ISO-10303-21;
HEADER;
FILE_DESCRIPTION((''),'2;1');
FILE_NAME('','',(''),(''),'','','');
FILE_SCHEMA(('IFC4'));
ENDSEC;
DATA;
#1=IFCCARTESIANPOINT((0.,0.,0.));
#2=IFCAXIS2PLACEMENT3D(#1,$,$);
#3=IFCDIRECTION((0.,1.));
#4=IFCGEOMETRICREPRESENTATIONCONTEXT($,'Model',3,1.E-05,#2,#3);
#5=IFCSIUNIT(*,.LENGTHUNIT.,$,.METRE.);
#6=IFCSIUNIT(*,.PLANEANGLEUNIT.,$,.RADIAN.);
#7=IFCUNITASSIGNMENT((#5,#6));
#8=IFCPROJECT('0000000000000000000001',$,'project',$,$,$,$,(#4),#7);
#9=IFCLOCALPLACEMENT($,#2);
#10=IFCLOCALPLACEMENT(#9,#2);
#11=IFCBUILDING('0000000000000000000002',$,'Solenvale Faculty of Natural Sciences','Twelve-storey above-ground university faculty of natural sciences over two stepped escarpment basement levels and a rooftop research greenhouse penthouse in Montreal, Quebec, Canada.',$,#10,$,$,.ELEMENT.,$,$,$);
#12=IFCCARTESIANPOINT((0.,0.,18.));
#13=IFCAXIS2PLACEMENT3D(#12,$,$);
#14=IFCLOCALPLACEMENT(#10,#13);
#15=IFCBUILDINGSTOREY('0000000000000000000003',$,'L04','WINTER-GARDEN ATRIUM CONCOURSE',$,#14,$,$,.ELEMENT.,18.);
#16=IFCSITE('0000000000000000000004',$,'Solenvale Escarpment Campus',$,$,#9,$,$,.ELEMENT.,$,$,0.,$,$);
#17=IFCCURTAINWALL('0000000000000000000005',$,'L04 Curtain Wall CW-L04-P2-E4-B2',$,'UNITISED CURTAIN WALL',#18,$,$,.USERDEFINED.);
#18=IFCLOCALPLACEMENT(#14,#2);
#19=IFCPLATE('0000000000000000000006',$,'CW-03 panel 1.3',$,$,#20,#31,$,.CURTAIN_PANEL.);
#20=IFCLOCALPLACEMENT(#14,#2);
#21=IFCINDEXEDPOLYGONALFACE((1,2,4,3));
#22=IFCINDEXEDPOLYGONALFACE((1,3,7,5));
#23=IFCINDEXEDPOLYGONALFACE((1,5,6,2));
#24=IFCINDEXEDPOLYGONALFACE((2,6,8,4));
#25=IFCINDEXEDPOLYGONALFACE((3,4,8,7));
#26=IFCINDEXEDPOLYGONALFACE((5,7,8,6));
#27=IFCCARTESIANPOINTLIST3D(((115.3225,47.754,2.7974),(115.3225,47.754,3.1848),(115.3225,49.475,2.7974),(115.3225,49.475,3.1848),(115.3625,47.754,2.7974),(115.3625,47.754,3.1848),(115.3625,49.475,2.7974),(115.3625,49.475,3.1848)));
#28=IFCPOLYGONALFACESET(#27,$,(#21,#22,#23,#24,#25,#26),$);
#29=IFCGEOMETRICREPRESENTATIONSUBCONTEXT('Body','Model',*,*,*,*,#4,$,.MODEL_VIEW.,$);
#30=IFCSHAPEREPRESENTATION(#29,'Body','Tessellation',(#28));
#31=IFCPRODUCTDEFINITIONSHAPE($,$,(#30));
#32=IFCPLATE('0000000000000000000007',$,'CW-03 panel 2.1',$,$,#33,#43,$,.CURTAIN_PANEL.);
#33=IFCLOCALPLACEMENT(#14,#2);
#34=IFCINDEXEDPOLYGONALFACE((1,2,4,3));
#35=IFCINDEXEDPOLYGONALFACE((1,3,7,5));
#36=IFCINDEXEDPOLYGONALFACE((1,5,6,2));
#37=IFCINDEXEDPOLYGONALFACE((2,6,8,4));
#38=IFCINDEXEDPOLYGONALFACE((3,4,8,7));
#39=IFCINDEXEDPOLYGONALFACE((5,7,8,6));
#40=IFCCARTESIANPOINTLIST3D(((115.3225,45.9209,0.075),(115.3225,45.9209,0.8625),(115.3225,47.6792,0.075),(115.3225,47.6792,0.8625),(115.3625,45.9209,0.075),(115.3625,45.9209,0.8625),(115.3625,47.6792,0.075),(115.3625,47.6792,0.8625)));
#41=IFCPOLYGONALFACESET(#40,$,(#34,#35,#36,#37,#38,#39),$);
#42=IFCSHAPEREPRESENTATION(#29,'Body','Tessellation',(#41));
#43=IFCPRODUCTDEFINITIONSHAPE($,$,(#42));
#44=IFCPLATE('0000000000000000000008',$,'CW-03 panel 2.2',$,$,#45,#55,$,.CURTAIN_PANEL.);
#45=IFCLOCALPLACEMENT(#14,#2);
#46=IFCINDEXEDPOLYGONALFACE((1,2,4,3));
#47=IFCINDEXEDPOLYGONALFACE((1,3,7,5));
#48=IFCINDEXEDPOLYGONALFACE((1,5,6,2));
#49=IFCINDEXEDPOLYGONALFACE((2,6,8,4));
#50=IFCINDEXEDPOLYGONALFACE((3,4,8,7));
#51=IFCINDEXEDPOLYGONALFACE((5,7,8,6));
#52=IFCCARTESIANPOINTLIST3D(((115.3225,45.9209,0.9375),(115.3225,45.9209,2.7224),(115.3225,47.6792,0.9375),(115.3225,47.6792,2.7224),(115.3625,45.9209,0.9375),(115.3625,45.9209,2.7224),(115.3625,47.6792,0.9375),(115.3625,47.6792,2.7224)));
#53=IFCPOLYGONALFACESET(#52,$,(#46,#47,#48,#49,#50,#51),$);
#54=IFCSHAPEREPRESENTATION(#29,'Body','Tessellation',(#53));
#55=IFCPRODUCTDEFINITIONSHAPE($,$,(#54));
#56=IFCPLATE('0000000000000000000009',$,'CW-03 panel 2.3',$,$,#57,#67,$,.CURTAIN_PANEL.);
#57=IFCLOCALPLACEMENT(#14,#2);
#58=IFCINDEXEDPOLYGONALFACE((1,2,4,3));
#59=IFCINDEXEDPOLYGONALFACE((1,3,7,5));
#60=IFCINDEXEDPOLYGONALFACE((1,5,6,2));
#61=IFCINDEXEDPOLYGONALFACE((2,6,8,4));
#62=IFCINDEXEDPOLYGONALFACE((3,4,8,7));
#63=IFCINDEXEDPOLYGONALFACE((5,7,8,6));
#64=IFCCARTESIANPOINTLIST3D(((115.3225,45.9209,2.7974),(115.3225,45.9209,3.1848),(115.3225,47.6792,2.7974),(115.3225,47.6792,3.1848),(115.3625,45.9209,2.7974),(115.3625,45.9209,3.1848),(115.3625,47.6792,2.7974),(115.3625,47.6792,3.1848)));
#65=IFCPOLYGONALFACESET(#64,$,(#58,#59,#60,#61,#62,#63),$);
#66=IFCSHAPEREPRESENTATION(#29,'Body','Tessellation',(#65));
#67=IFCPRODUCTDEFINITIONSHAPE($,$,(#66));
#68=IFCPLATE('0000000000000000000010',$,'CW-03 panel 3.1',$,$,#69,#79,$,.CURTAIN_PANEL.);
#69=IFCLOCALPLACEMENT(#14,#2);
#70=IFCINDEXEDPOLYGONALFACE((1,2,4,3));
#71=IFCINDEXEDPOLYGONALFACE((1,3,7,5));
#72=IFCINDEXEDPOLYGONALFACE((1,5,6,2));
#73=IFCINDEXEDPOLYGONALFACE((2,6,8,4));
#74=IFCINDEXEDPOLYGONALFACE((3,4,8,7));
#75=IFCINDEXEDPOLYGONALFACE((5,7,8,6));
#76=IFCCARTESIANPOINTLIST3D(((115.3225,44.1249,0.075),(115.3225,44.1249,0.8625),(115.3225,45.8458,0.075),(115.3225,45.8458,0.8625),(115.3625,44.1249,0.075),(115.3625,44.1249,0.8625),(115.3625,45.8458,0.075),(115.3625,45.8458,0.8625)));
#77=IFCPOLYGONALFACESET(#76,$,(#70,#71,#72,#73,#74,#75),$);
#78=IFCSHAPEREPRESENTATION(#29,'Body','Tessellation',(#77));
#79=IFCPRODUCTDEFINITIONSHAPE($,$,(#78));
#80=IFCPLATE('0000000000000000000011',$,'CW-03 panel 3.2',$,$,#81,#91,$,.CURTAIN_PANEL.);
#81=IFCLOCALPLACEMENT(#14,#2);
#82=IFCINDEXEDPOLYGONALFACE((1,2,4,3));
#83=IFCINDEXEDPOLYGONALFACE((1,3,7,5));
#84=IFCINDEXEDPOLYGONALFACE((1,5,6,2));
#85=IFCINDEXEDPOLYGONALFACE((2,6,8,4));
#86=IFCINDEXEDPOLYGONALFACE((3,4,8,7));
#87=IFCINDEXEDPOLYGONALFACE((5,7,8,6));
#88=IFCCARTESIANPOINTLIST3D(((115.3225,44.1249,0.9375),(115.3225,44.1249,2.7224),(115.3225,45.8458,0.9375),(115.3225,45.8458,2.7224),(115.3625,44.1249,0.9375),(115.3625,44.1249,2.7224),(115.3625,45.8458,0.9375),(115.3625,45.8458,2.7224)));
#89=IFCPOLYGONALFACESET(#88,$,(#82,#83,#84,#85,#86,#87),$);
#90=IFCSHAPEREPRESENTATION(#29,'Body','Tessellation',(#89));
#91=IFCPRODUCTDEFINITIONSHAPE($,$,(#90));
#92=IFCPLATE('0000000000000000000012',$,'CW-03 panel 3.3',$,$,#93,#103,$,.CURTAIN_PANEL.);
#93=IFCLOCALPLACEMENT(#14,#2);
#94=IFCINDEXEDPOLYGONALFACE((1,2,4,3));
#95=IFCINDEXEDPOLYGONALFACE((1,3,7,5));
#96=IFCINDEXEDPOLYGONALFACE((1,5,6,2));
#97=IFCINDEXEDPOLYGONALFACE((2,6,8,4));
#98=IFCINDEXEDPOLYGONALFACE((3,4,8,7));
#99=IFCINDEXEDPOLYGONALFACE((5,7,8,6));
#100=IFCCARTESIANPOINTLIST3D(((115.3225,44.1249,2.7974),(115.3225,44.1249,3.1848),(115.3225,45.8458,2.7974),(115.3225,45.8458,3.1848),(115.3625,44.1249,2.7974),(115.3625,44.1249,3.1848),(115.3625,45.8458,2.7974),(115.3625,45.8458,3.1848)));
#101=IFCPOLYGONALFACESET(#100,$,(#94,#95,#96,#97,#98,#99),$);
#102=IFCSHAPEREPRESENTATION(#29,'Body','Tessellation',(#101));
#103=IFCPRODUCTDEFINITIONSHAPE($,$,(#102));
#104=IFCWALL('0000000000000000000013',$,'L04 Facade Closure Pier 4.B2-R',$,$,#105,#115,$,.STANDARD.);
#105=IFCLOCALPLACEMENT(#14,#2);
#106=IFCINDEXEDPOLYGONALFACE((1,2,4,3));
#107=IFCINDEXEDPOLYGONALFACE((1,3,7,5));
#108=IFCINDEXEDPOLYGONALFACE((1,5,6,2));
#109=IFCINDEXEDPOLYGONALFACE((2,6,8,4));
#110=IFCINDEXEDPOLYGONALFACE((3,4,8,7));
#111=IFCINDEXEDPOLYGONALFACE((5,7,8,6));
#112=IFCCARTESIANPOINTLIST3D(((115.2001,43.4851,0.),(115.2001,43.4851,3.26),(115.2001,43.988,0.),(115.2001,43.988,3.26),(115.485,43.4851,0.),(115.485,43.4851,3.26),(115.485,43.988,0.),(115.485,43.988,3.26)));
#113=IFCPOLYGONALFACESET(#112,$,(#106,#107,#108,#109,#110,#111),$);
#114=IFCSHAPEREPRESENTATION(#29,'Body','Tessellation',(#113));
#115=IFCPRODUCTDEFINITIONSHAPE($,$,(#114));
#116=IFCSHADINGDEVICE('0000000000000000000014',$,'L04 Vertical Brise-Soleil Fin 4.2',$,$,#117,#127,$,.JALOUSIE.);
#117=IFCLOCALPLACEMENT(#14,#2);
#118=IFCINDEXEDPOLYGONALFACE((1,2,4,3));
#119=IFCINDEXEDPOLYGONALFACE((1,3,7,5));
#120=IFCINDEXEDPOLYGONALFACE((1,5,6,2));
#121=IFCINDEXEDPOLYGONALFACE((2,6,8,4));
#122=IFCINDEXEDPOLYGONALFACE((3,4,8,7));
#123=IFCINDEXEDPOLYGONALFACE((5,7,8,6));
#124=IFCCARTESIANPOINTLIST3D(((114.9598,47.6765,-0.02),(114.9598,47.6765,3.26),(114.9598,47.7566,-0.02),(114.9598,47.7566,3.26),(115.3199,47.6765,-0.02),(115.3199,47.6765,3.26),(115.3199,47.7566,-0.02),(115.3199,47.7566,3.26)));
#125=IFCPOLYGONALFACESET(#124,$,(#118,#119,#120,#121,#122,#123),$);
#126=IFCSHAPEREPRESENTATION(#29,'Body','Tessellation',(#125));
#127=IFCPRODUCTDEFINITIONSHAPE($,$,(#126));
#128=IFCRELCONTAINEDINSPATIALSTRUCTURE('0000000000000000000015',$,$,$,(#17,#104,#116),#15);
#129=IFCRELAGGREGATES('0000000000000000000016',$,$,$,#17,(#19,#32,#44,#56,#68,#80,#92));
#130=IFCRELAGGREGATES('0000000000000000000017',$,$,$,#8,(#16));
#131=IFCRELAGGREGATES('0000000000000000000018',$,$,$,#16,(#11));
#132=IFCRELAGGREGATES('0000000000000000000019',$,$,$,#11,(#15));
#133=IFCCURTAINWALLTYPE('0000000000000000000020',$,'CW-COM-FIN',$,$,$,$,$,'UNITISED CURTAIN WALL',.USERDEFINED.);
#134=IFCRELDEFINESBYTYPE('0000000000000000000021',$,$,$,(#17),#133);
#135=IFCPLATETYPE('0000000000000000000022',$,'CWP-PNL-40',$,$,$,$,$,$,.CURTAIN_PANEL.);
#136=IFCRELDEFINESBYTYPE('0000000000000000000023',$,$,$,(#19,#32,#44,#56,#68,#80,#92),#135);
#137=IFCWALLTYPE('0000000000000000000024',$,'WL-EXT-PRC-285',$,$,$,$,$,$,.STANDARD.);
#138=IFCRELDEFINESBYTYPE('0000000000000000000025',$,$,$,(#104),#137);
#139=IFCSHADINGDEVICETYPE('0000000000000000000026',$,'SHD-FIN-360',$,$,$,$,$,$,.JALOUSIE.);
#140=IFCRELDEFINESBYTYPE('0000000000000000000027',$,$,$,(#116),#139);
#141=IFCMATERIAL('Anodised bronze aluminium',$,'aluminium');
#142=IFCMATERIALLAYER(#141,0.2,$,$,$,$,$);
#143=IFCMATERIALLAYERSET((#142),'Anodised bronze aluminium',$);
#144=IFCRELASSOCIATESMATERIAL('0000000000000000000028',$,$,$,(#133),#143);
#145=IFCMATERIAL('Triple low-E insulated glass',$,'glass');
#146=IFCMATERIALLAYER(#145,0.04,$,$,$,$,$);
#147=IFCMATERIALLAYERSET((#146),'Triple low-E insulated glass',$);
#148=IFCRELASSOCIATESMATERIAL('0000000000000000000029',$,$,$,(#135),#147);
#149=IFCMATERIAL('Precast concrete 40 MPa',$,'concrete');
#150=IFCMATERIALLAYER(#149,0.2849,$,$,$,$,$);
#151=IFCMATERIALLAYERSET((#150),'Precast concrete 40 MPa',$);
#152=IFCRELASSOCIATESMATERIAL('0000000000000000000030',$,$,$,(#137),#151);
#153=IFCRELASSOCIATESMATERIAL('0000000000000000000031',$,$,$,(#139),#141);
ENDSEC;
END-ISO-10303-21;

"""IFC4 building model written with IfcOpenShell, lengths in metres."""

from ifc_helpers import new_model, si_unit, direction, frame, frame_2d, origin, origin_2d, place, context, subcontext, project, spatial, rectangle, extrude, material, layer, layer_set, material_profile, profile_set, type_object, element, aggregate, save


model = new_model("IFC4")

# Units and contexts
model_context = context("Model", 3, precision=1e-05, world=origin(), true_north=direction((0.0, 1.0)))
body_context = subcontext(model_context, "Body", "Model", "MODEL_VIEW")
ifc_project = project(units=[si_unit("LENGTHUNIT", "METRE"), si_unit("PLANEANGLEUNIT", "RADIAN")], contexts=[model_context])

# Site, building, storey
site_placement = place(None, origin())
site = spatial("IfcSite", under=ifc_project, at=site_placement, Name="Solenvale Escarpment Campus", CompositionType="ELEMENT", RefElevation=0.0)
building_placement = place(site_placement, origin())
building = spatial("IfcBuilding", under=site, at=building_placement, Name="Solenvale Faculty of Natural Sciences", Description="Twelve-storey above-ground university faculty of natural sciences over two stepped escarpment basement levels and a rooftop research greenhouse penthouse in Montreal, Quebec, Canada.", CompositionType="ELEMENT")
storey_placement = place(building_placement, frame((0.0, 0.0, 18.0)))
storey = spatial("IfcBuildingStorey", under=building, at=storey_placement, Name="L04", Description="WINTER-GARDEN ATRIUM CONCOURSE", CompositionType="ELEMENT", Elevation=18.0)

# Curtain wall, plates
ifc_material_1 = material(Name="Anodised bronze aluminium", Category="aluminium")
ifc_layer_1 = layer(ifc_material_1, 0.2)
ifc_layer_set_1 = layer_set([ifc_layer_1], Name="Anodised bronze aluminium")
curtain_wall_type = type_object("IfcCurtainWallType", Name="CW-COM-FIN", ElementType="UNITISED CURTAIN WALL", PredefinedType="USERDEFINED", material=ifc_layer_set_1)
curtain_wall_placement = place(storey_placement, origin())
curtain_wall = element("IfcCurtainWall", 1, at=curtain_wall_placement, inside=storey, type_object=curtain_wall_type, Name="L04 Curtain Wall CW-L04-P2-E4-B2", ObjectType="UNITISED CURTAIN WALL", PredefinedType="USERDEFINED")
ifc_material_2 = material(Name="Triple low-E insulated glass", Category="glass")
ifc_layer_2 = layer(ifc_material_2, 0.04)
ifc_layer_set_2 = layer_set([ifc_layer_2], Name="Triple low-E insulated glass")
plate_type = type_object("IfcPlateType", Name="CWP-PNL-40", PredefinedType="CURTAIN_PANEL", material=ifc_layer_set_2)
plate_1_placement = place(storey_placement, frame((115.3425, 48.6145, 2.7974), z_axis=(0.0, 0.0, 1.0), x_axis=(0.0, -1.0, 0.0)))
plate_1 = element("IfcPlate", 2, at=plate_1_placement, type_object=plate_type, Name="CW-03 panel 1.3", PredefinedType="CURTAIN_PANEL", context=body_context, shape_type="SweptSolid", body=[
    extrude(rectangle(XDim=1.7209, YDim=0.04, at=origin_2d()), origin(), (0.0, 0.0, 1.0), 0.3875),
])
plate_2_placement = place(storey_placement, frame((115.3425, 46.8, 0.075), z_axis=(0.0, 0.0, 1.0), x_axis=(0.0, -1.0, 0.0)))
plate_2 = element("IfcPlate", 3, at=plate_2_placement, type_object=plate_type, Name="CW-03 panel 2.1", PredefinedType="CURTAIN_PANEL", context=body_context, shape_type="SweptSolid", body=[
    extrude(rectangle(XDim=1.7583, YDim=0.04, at=origin_2d()), origin(), (0.0, 0.0, 1.0), 0.7876),
])
plate_3_placement = place(storey_placement, frame((115.3425, 46.8, 0.9375), z_axis=(0.0, 0.0, 1.0), x_axis=(0.0, -1.0, 0.0)))
plate_3 = element("IfcPlate", 4, at=plate_3_placement, type_object=plate_type, Name="CW-03 panel 2.2", PredefinedType="CURTAIN_PANEL", context=body_context, shape_type="SweptSolid", body=[
    extrude(rectangle(XDim=1.7583, YDim=0.04, at=origin_2d()), origin(), (0.0, 0.0, 1.0), 1.7849),
])
plate_4_placement = place(storey_placement, frame((115.3425, 46.8, 2.7974), z_axis=(0.0, 0.0, 1.0), x_axis=(0.0, -1.0, 0.0)))
plate_4 = element("IfcPlate", 5, at=plate_4_placement, type_object=plate_type, Name="CW-03 panel 2.3", PredefinedType="CURTAIN_PANEL", context=body_context, shape_type="SweptSolid", body=[
    extrude(rectangle(XDim=1.7583, YDim=0.04, at=origin_2d()), origin(), (0.0, 0.0, 1.0), 0.3875),
])
plate_5_placement = place(storey_placement, frame((115.3425, 44.9854, 0.075), z_axis=(0.0, 0.0, 1.0), x_axis=(0.0, -1.0, 0.0)))
plate_5 = element("IfcPlate", 6, at=plate_5_placement, type_object=plate_type, Name="CW-03 panel 3.1", PredefinedType="CURTAIN_PANEL", context=body_context, shape_type="SweptSolid", body=[
    extrude(rectangle(XDim=1.7209, YDim=0.04, at=origin_2d()), origin(), (0.0, 0.0, 1.0), 0.7876),
])
plate_6_placement = place(storey_placement, frame((115.3425, 44.9854, 0.9375), z_axis=(0.0, 0.0, 1.0), x_axis=(0.0, -1.0, 0.0)))
plate_6 = element("IfcPlate", 7, at=plate_6_placement, type_object=plate_type, Name="CW-03 panel 3.2", PredefinedType="CURTAIN_PANEL", context=body_context, shape_type="SweptSolid", body=[
    extrude(rectangle(XDim=1.7209, YDim=0.04, at=origin_2d()), origin(), (0.0, 0.0, 1.0), 1.7849),
])
plate_7_placement = place(storey_placement, frame((115.3425, 44.9854, 2.7974), z_axis=(0.0, 0.0, 1.0), x_axis=(0.0, -1.0, 0.0)))
plate_7 = element("IfcPlate", 8, at=plate_7_placement, type_object=plate_type, Name="CW-03 panel 3.3", PredefinedType="CURTAIN_PANEL", context=body_context, shape_type="SweptSolid", body=[
    extrude(rectangle(XDim=1.7209, YDim=0.04, at=origin_2d()), origin(), (0.0, 0.0, 1.0), 0.3875),
])
aggregate(curtain_wall, [plate_1, plate_2, plate_3, plate_4, plate_5, plate_6, plate_7])

# Wall
ifc_material_3 = material(Name="Precast concrete 40 MPa", Category="concrete")
ifc_layer_3 = layer(ifc_material_3, 0.2849)
ifc_layer_set_3 = layer_set([ifc_layer_3], Name="Precast concrete 40 MPa")
wall_type = type_object("IfcWallType", Name="WL-EXT-PRC-285", PredefinedType="STANDARD", material=ifc_layer_set_3)
wall_placement = place(storey_placement, frame((115.3425, 43.988, 0.0), z_axis=(0.0, 0.0, 1.0), x_axis=(0.0, -1.0, 0.0)))
element("IfcWall", 9, at=wall_placement, inside=storey, type_object=wall_type, Name="L04 Facade Closure Pier 4.B2-R", PredefinedType="STANDARD", context=body_context, shape_type="SweptSolid", body=[
    extrude(rectangle(XDim=0.5029, YDim=0.2849, at=frame_2d((0.2515, 0.0))), origin(), (0.0, 0.0, 1.0), 3.26),
])

# Shading device
ifc_material_profile_1 = material_profile(ifc_material_1, rectangle(XDim=0.0801, YDim=0.3601, at=origin_2d()), Name="ALU-FIN-80x360")
ifc_profile_set_1 = profile_set([ifc_material_profile_1], Name="Anodised bronze aluminium")
shading_device_type = type_object("IfcShadingDeviceType", Name="SHD-FIN-360", PredefinedType="JALOUSIE", material=ifc_profile_set_1)
shading_device_placement = place(storey_placement, frame((115.1399, 47.7166, -0.02), z_axis=(0.0, 0.0, 1.0), x_axis=(0.0, 1.0, 0.0)))
element("IfcShadingDevice", 10, at=shading_device_placement, inside=storey, type_object=shading_device_type, Name="L04 Vertical Brise-Soleil Fin 4.2", PredefinedType="JALOUSIE", context=body_context, shape_type="SweptSolid", body=[
    extrude(rectangle(XDim=0.0801, YDim=0.3601, at=origin_2d()), origin(), (0.0, 0.0, 1.0), 3.28),
])

save(model, "model.ifc")
